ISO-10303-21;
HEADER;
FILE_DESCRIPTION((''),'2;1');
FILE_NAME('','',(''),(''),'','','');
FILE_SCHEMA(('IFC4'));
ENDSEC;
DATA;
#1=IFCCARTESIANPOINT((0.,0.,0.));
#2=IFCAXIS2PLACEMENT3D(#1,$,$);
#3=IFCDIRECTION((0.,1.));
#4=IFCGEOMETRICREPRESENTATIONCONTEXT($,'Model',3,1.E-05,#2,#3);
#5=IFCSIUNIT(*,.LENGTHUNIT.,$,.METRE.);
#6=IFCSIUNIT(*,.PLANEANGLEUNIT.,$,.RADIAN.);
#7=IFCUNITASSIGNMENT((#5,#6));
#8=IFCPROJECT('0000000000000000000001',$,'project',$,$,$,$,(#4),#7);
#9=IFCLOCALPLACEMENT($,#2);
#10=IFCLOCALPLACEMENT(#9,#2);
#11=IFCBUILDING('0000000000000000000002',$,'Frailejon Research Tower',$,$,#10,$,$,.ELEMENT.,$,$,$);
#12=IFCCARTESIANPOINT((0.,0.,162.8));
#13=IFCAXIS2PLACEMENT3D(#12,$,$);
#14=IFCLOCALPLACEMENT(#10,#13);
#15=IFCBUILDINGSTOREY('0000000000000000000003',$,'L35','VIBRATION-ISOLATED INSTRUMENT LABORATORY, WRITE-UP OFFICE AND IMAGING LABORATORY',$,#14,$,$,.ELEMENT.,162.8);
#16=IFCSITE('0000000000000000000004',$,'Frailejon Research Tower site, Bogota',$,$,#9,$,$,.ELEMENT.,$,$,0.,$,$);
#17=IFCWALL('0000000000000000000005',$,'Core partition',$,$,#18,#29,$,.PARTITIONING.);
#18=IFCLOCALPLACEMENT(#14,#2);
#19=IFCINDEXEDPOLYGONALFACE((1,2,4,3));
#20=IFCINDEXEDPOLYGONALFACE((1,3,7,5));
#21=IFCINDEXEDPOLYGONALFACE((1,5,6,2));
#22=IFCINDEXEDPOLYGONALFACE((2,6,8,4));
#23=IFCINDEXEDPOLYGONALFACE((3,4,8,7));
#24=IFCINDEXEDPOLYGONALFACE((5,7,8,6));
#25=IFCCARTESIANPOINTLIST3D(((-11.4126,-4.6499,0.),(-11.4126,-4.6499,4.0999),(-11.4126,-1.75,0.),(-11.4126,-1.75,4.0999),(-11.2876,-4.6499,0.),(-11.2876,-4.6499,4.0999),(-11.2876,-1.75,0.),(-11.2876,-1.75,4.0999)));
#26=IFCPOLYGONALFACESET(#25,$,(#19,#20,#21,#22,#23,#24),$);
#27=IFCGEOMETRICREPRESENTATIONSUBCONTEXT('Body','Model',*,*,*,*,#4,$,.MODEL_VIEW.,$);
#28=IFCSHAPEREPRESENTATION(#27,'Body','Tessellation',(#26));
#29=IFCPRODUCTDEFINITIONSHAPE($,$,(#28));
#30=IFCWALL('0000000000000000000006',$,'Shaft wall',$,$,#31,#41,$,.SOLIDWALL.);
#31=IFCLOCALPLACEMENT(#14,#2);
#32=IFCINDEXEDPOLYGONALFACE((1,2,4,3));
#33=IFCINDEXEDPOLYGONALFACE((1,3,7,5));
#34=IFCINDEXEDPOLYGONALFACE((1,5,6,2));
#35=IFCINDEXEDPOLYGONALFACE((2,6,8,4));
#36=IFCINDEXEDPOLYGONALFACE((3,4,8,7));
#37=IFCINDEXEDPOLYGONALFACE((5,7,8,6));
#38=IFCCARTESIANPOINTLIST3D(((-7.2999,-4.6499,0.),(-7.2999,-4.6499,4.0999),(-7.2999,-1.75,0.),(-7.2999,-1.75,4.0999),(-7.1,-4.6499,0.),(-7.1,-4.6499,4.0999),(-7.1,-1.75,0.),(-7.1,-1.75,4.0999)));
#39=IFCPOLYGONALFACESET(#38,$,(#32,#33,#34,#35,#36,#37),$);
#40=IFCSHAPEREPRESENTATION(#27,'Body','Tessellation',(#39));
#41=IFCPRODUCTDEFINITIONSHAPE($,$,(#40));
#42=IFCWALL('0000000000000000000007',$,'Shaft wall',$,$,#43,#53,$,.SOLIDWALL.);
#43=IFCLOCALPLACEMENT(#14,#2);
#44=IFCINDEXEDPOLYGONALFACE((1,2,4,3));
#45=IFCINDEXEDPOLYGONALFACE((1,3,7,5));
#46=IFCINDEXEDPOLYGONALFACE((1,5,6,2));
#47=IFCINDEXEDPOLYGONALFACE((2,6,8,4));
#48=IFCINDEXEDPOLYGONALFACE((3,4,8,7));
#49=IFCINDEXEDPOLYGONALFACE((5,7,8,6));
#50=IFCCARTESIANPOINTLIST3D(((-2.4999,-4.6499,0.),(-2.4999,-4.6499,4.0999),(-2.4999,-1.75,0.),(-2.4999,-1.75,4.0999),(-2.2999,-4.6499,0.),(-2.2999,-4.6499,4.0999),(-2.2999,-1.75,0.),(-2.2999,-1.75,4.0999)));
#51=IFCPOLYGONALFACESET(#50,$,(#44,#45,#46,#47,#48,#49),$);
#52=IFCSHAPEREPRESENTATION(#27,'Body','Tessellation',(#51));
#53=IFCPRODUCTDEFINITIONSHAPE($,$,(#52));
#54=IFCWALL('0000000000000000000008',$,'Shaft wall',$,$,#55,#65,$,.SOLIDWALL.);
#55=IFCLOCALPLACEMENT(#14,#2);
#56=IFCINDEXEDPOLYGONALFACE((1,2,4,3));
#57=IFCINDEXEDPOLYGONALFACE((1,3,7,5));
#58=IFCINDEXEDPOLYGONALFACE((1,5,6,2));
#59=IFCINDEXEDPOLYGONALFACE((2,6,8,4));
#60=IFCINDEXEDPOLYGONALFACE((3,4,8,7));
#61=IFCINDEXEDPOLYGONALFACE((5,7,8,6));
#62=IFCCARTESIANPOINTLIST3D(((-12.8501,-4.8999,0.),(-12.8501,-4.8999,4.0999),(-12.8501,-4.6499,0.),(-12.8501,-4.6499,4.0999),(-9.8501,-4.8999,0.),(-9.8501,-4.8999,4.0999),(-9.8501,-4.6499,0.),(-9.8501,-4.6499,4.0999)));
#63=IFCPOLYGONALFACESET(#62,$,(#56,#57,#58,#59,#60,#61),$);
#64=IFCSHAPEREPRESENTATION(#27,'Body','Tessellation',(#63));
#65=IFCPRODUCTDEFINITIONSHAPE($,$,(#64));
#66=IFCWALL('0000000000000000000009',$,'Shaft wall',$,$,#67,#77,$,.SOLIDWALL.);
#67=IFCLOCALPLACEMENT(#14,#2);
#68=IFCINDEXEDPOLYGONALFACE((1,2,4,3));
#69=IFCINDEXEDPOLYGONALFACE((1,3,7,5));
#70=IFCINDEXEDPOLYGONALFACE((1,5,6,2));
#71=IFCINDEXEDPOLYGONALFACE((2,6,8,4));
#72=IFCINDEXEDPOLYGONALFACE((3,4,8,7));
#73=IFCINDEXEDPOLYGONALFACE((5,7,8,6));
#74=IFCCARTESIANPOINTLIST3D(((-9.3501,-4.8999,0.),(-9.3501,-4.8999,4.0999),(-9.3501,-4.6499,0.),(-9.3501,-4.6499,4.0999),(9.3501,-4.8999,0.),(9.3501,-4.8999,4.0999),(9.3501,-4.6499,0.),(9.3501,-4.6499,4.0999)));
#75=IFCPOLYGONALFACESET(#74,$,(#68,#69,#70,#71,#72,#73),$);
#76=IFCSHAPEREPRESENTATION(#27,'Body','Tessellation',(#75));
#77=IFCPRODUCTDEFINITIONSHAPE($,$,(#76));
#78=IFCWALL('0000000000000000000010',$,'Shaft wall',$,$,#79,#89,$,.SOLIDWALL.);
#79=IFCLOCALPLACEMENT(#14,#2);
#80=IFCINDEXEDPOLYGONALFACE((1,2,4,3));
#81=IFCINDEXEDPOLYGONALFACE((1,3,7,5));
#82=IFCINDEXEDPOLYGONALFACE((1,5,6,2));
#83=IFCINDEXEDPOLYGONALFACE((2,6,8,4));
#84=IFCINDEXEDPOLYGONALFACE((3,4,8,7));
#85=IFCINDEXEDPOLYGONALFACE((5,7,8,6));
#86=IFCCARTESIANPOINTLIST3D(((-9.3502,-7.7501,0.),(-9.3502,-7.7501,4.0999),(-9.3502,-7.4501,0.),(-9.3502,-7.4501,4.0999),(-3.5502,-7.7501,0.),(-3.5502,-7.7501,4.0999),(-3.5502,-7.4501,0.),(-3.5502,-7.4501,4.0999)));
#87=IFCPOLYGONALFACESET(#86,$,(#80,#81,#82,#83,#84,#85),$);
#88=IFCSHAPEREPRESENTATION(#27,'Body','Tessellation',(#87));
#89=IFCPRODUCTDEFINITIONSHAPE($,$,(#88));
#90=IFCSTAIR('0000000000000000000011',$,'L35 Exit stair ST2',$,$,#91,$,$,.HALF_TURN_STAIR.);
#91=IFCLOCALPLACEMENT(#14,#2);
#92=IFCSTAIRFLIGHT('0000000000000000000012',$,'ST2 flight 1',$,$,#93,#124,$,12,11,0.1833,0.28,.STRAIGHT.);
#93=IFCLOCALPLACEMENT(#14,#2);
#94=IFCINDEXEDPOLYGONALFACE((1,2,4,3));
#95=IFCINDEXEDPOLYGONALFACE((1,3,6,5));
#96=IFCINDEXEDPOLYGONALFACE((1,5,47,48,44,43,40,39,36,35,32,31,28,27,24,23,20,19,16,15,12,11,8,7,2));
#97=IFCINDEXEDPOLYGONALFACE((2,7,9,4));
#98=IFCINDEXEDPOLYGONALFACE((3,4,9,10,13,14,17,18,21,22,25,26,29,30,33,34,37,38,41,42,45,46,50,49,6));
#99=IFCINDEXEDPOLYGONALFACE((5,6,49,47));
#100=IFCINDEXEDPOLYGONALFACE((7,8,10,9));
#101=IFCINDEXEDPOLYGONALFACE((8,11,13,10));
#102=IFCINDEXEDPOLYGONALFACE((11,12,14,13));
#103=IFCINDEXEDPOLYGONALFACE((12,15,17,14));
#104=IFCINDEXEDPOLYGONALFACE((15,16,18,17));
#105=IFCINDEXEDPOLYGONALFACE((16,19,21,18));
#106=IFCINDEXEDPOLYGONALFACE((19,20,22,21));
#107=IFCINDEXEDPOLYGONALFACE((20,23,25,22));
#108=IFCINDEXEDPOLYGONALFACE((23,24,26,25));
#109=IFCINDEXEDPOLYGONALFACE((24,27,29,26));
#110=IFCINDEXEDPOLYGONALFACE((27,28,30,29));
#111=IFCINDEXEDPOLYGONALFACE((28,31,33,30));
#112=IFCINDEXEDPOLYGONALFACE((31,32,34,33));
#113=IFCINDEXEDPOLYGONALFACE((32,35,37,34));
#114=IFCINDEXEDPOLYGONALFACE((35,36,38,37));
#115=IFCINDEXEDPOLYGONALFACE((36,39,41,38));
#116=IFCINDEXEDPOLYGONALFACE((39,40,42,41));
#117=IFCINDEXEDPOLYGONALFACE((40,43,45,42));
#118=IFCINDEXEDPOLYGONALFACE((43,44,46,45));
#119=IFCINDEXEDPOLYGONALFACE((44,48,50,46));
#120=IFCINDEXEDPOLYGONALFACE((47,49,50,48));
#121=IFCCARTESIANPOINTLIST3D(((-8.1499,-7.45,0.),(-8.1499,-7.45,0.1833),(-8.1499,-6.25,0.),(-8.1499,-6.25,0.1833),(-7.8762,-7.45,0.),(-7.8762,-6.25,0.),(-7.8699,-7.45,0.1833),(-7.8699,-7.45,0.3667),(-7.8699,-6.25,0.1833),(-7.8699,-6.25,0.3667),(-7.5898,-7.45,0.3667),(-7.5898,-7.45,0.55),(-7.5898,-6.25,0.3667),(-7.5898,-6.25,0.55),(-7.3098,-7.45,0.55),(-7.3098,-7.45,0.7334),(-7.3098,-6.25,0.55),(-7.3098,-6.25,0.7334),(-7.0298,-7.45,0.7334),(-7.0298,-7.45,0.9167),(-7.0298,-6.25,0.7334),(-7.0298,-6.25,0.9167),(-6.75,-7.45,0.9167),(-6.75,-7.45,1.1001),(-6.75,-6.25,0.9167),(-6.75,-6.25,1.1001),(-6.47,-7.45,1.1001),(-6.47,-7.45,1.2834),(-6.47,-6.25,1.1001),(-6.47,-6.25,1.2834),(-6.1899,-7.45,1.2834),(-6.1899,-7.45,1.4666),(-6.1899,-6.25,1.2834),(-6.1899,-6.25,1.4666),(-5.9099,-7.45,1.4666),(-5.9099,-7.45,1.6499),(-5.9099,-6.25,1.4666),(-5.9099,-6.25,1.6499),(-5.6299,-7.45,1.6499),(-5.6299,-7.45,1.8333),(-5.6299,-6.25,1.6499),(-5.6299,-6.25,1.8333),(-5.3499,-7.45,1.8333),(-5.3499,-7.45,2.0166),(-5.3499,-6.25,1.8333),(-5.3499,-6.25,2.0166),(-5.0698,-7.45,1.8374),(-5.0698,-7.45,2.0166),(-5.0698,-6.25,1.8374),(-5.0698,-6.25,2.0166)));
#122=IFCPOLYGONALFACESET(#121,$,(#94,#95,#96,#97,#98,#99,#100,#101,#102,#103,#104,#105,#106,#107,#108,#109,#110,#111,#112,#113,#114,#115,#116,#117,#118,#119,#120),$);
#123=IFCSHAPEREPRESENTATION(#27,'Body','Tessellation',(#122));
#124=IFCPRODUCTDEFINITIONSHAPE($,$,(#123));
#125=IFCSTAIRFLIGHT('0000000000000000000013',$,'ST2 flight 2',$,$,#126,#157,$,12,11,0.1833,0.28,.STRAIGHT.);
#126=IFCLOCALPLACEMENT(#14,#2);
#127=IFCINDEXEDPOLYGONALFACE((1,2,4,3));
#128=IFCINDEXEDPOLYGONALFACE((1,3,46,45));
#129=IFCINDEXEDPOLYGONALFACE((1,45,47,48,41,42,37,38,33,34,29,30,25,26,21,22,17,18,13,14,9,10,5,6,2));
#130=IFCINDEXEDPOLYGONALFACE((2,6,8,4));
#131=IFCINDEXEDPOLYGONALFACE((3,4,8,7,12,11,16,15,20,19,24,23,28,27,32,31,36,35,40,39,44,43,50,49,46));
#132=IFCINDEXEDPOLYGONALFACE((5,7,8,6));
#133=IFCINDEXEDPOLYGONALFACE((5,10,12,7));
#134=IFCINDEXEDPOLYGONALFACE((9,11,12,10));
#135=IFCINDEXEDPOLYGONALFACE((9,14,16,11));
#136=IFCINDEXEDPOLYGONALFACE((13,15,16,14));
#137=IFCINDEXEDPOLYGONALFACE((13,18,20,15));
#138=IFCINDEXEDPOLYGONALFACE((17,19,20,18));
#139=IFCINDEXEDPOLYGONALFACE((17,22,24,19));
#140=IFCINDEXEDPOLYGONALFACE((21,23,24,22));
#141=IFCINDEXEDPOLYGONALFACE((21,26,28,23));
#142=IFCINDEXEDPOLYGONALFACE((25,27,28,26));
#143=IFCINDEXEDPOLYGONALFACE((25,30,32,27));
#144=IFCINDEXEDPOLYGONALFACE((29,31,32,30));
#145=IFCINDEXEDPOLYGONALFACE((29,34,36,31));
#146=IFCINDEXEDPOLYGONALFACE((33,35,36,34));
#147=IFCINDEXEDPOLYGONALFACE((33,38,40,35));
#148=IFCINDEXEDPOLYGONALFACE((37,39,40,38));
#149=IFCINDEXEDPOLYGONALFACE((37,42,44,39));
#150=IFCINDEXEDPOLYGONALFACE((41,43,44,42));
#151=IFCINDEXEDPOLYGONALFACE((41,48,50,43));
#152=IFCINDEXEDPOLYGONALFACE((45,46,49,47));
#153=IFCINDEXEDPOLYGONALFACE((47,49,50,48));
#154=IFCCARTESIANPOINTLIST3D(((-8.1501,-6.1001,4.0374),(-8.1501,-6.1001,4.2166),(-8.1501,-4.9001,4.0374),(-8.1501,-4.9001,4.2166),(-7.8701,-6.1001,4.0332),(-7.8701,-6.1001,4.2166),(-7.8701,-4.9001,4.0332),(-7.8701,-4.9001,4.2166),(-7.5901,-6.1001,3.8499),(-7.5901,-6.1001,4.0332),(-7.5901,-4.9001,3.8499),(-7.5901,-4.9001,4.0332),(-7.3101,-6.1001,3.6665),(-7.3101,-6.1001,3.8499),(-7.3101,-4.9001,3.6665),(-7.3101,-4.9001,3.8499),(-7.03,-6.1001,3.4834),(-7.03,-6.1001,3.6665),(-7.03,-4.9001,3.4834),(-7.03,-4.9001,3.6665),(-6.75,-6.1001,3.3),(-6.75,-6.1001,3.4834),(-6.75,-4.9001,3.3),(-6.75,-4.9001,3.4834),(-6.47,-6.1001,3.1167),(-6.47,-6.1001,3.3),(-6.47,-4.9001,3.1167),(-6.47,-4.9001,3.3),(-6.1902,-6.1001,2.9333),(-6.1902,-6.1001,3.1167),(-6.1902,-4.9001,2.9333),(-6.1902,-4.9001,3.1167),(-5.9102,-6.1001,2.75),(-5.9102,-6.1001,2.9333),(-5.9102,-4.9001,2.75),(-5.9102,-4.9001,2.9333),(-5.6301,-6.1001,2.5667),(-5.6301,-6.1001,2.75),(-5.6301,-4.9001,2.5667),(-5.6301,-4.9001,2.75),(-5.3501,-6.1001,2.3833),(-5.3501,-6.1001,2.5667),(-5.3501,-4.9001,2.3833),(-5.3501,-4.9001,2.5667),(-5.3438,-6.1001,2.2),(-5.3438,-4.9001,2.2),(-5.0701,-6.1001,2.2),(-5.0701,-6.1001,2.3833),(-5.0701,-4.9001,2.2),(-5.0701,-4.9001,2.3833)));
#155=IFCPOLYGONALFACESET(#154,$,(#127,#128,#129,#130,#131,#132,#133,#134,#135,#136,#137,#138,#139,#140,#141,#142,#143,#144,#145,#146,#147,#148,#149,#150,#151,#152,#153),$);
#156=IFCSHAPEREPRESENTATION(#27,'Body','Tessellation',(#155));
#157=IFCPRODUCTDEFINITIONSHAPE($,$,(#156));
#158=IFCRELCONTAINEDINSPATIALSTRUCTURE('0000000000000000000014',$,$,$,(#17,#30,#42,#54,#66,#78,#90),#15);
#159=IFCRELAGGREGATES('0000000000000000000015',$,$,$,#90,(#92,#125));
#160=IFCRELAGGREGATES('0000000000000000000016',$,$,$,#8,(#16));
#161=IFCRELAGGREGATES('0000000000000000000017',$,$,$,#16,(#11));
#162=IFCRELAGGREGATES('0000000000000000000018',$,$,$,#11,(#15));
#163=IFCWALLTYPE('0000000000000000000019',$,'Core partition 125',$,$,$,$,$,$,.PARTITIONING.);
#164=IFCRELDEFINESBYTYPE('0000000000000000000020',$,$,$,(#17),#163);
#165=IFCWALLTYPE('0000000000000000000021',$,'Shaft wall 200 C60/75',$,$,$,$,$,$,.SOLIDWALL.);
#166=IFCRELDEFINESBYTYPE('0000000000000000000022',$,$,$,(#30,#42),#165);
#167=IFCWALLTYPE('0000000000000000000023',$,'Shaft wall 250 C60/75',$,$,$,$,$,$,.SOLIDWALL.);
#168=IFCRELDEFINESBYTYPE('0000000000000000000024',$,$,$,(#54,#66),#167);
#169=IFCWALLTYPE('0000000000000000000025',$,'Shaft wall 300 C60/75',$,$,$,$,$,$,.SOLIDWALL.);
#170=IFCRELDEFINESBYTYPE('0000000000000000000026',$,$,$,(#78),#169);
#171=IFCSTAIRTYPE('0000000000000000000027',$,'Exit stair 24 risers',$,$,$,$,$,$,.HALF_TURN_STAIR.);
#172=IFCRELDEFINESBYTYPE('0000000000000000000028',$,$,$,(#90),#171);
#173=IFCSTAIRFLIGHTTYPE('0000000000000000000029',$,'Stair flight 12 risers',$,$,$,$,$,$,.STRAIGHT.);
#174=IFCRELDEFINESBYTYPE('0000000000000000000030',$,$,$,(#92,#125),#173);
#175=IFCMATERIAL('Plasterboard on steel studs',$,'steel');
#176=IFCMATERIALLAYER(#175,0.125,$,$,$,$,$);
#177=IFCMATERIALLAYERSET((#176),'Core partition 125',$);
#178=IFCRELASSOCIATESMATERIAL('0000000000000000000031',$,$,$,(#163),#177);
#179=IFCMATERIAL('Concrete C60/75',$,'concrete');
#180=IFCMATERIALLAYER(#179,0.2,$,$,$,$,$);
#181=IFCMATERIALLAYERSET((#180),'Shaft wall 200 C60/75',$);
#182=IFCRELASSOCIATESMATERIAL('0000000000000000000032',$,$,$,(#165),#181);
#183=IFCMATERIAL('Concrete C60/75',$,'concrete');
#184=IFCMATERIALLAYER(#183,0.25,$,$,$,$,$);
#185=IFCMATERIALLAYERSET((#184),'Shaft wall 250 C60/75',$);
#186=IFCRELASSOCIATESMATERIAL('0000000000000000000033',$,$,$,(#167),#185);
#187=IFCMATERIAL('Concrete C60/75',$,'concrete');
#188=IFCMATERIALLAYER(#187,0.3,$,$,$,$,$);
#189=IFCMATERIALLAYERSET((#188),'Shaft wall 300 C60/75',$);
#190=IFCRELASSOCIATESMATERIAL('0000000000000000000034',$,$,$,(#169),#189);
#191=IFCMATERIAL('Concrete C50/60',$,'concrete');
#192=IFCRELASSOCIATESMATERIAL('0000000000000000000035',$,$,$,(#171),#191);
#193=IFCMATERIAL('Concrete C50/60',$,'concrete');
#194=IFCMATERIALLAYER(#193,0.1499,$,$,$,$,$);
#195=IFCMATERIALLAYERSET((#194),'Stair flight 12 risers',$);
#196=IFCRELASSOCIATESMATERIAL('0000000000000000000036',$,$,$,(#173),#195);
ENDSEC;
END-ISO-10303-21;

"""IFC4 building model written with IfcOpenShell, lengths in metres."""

from ifc_helpers import new_model, si_unit, direction, frame, frame_2d, origin, place, context, subcontext, project, spatial, polyline, rectangle, outline, extrude, material, layer, layer_set, type_object, element, aggregate, save


model = new_model("IFC4")

# Units and contexts
model_context = context("Model", 3, precision=1e-05, world=origin(), true_north=direction((0.0, 1.0)))
body_context = subcontext(model_context, "Body", "Model", "MODEL_VIEW")
ifc_project = project(units=[si_unit("LENGTHUNIT", "METRE"), si_unit("PLANEANGLEUNIT", "RADIAN")], contexts=[model_context])

# Site, building, storey
site_placement = place(None, origin())
site = spatial("IfcSite", under=ifc_project, at=site_placement, Name="Frailejon Research Tower site, Bogota", CompositionType="ELEMENT", RefElevation=0.0)
building_placement = place(site_placement, origin())
building = spatial("IfcBuilding", under=site, at=building_placement, Name="Frailejon Research Tower", CompositionType="ELEMENT")
storey_placement = place(building_placement, frame((0.0, 0.0, 162.8)))
storey = spatial("IfcBuildingStorey", under=building, at=storey_placement, Name="L35", Description="VIBRATION-ISOLATED INSTRUMENT LABORATORY, WRITE-UP OFFICE AND IMAGING LABORATORY", CompositionType="ELEMENT", Elevation=162.8)

# Walls
ifc_material_1 = material(Name="Plasterboard on steel studs", Category="steel")
ifc_layer_1 = layer(ifc_material_1, 0.125)
ifc_layer_set_1 = layer_set([ifc_layer_1], Name="Core partition 125")
wall_type_1 = type_object("IfcWallType", Name="Core partition 125", PredefinedType="PARTITIONING", material=ifc_layer_set_1)
wall_1_placement = place(storey_placement, frame((-11.3501, -4.6499, 0.0), z_axis=(0.0, 0.0, 1.0), x_axis=(0.0, 1.0, 0.0)))
element("IfcWall", 1, at=wall_1_placement, inside=storey, type_object=wall_type_1, Name="Core partition", PredefinedType="PARTITIONING", context=body_context, shape_type="SweptSolid", body=[
    extrude(rectangle(XDim=2.8999, YDim=0.125, at=frame_2d((1.45, 0.0))), origin(), (0.0, 0.0, 1.0), 4.0999),
])
ifc_material_2 = material(Name="Concrete C60/75", Category="concrete")
ifc_layer_2 = layer(ifc_material_2, 0.2)
ifc_layer_set_2 = layer_set([ifc_layer_2], Name="Shaft wall 200 C60/75")
wall_type_2 = type_object("IfcWallType", Name="Shaft wall 200 C60/75", PredefinedType="SOLIDWALL", material=ifc_layer_set_2)
for number, where, z_axis, x_axis, name in (
    (2, (-7.2, -4.6499, 0.0), (0.0, 0.0, 1.0), (0.0, 1.0, 0.0), "Shaft wall"),
    (3, (-2.3999, -4.6499, 0.0), (0.0, 0.0, 1.0), (0.0, 1.0, 0.0), "Shaft wall"),
):
    element("IfcWall", number, at=place(storey_placement, frame(where, z_axis=z_axis, x_axis=x_axis)), inside=storey, type_object=wall_type_2, Name=name, PredefinedType="SOLIDWALL", context=body_context, shape_type="SweptSolid", body=[
        extrude(rectangle(XDim=2.8999, YDim=0.2, at=frame_2d((1.45, 0.0))), origin(), (0.0, 0.0, 1.0), 4.0999),
    ])
ifc_material_3 = material(Name="Concrete C60/75", Category="concrete")
ifc_layer_3 = layer(ifc_material_3, 0.25)
ifc_layer_set_3 = layer_set([ifc_layer_3], Name="Shaft wall 250 C60/75")
wall_type_3 = type_object("IfcWallType", Name="Shaft wall 250 C60/75", PredefinedType="SOLIDWALL", material=ifc_layer_set_3)
wall_2_placement = place(storey_placement, frame((-12.8501, -4.7749, 0.0), z_axis=(0.0, 0.0, 1.0), x_axis=(1.0, 0.0, 0.0)))
element("IfcWall", 4, at=wall_2_placement, inside=storey, type_object=wall_type_3, Name="Shaft wall", PredefinedType="SOLIDWALL", context=body_context, shape_type="SweptSolid", body=[
    extrude(rectangle(XDim=3.0, YDim=0.25, at=frame_2d((1.5, 0.0))), origin(), (0.0, 0.0, 1.0), 4.0999),
])
wall_3_placement = place(storey_placement, frame((-9.3501, -4.7749, 0.0), z_axis=(0.0, 0.0, 1.0), x_axis=(1.0, 0.0, 0.0)))
element("IfcWall", 5, at=wall_3_placement, inside=storey, type_object=wall_type_3, Name="Shaft wall", PredefinedType="SOLIDWALL", context=body_context, shape_type="SweptSolid", body=[
    extrude(rectangle(XDim=18.7002, YDim=0.25, at=frame_2d((9.3501, 0.0))), origin(), (0.0, 0.0, 1.0), 4.0999),
])
ifc_material_4 = material(Name="Concrete C60/75", Category="concrete")
ifc_layer_4 = layer(ifc_material_4, 0.3)
ifc_layer_set_4 = layer_set([ifc_layer_4], Name="Shaft wall 300 C60/75")
wall_type_4 = type_object("IfcWallType", Name="Shaft wall 300 C60/75", PredefinedType="SOLIDWALL", material=ifc_layer_set_4)
wall_4_placement = place(storey_placement, frame((-9.3501, -7.6001, 0.0), z_axis=(0.0, 0.0, 1.0), x_axis=(1.0, 0.0, 0.0)))
element("IfcWall", 6, at=wall_4_placement, inside=storey, type_object=wall_type_4, Name="Shaft wall", PredefinedType="SOLIDWALL", context=body_context, shape_type="SweptSolid", body=[
    extrude(rectangle(XDim=5.8, YDim=0.3, at=frame_2d((2.8999, 0.0))), origin(), (0.0, 0.0, 1.0), 4.0999),
])

# Stair, stair flights
ifc_material_5 = material(Name="Concrete C50/60", Category="concrete")
stair_type = type_object("IfcStairType", Name="Exit stair 24 risers", PredefinedType="HALF_TURN_STAIR", material=ifc_material_5)
stair_placement = place(storey_placement, origin())
stair = element("IfcStair", 7, at=stair_placement, inside=storey, type_object=stair_type, Name="L35 Exit stair ST2", PredefinedType="HALF_TURN_STAIR")
ifc_material_6 = material(Name="Concrete C50/60", Category="concrete")
ifc_layer_5 = layer(ifc_material_6, 0.1499)
ifc_layer_set_5 = layer_set([ifc_layer_5], Name="Stair flight 12 risers")
stair_flight_type = type_object("IfcStairFlightType", Name="Stair flight 12 risers", PredefinedType="STRAIGHT", material=ifc_layer_set_5)
stair_flight_1_placement = place(storey_placement, frame((-8.1499, -6.8501, 0.0), z_axis=(0.0, 0.0, 1.0), x_axis=(1.0, 0.0, 0.0)))
stair_flight_1 = element("IfcStairFlight", 8, at=stair_flight_1_placement, type_object=stair_flight_type, Name="ST2 flight 1", NumberOfRisers=12, NumberOfTreads=11, PredefinedType="STRAIGHT", RiserHeight=0.1833, TreadLength=0.28, context=body_context, shape_type="SweptSolid", body=[
    extrude(outline(polyline([(0.0, 0.0), (0.0, 0.1833), (0.28, 0.1833), (0.28, 0.3667), (0.5601, 0.3667), (0.5601, 0.55), (0.8401, 0.55), (0.8401, 0.7334), (1.1201, 0.7334), (1.1201, 0.9167), (1.3999, 0.9167), (1.3999, 1.1001), (1.6799, 1.1001), (1.6799, 1.2834), (1.96, 1.2834), (1.96, 1.4666), (2.24, 1.4666), (2.24, 1.6499), (2.52, 1.6499), (2.52, 1.8333), (2.8, 1.8333), (2.8, 2.0166), (3.0801, 2.0166), (3.0801, 2.2), (3.0801, 1.8374), (0.2737, 0.0), (0.0, 0.0)])), frame((0.0, 0.6001, 0.0), z_axis=(0.0, -1.0, 0.0), x_axis=(1.0, 0.0, 0.0)), (0.0, 0.0, 1.0), 1.2),
])
stair_flight_2_placement = place(storey_placement, frame((-5.0701, -5.5, 2.2), z_axis=(0.0, 0.0, 1.0), x_axis=(-1.0, 0.0, 0.0)))
stair_flight_2 = element("IfcStairFlight", 9, at=stair_flight_2_placement, type_object=stair_flight_type, Name="ST2 flight 2", NumberOfRisers=12, NumberOfTreads=11, PredefinedType="STRAIGHT", RiserHeight=0.1833, TreadLength=0.28, context=body_context, shape_type="SweptSolid", body=[
    extrude(outline(polyline([(0.0, 0.0), (0.0, 0.1833), (0.28, 0.1833), (0.28, 0.3667), (0.5601, 0.3667), (0.5601, 0.55), (0.8401, 0.55), (0.8401, 0.7334), (1.1201, 0.7334), (1.1201, 0.9167), (1.3999, 0.9167), (1.3999, 1.1001), (1.6799, 1.1001), (1.6799, 1.2834), (1.96, 1.2834), (1.96, 1.4666), (2.24, 1.4666), (2.24, 1.6499), (2.52, 1.6499), (2.52, 1.8333), (2.8, 1.8333), (2.8, 2.0166), (3.0801, 2.0166), (3.0801, 2.2), (3.0801, 1.8374), (0.2737, 0.0), (0.0, 0.0)])), frame((0.0, 0.6001, 0.0), z_axis=(0.0, -1.0, 0.0), x_axis=(1.0, 0.0, 0.0)), (0.0, 0.0, 1.0), 1.2),
])
aggregate(stair, [stair_flight_1, stair_flight_2])

save(model, "model.ifc")
